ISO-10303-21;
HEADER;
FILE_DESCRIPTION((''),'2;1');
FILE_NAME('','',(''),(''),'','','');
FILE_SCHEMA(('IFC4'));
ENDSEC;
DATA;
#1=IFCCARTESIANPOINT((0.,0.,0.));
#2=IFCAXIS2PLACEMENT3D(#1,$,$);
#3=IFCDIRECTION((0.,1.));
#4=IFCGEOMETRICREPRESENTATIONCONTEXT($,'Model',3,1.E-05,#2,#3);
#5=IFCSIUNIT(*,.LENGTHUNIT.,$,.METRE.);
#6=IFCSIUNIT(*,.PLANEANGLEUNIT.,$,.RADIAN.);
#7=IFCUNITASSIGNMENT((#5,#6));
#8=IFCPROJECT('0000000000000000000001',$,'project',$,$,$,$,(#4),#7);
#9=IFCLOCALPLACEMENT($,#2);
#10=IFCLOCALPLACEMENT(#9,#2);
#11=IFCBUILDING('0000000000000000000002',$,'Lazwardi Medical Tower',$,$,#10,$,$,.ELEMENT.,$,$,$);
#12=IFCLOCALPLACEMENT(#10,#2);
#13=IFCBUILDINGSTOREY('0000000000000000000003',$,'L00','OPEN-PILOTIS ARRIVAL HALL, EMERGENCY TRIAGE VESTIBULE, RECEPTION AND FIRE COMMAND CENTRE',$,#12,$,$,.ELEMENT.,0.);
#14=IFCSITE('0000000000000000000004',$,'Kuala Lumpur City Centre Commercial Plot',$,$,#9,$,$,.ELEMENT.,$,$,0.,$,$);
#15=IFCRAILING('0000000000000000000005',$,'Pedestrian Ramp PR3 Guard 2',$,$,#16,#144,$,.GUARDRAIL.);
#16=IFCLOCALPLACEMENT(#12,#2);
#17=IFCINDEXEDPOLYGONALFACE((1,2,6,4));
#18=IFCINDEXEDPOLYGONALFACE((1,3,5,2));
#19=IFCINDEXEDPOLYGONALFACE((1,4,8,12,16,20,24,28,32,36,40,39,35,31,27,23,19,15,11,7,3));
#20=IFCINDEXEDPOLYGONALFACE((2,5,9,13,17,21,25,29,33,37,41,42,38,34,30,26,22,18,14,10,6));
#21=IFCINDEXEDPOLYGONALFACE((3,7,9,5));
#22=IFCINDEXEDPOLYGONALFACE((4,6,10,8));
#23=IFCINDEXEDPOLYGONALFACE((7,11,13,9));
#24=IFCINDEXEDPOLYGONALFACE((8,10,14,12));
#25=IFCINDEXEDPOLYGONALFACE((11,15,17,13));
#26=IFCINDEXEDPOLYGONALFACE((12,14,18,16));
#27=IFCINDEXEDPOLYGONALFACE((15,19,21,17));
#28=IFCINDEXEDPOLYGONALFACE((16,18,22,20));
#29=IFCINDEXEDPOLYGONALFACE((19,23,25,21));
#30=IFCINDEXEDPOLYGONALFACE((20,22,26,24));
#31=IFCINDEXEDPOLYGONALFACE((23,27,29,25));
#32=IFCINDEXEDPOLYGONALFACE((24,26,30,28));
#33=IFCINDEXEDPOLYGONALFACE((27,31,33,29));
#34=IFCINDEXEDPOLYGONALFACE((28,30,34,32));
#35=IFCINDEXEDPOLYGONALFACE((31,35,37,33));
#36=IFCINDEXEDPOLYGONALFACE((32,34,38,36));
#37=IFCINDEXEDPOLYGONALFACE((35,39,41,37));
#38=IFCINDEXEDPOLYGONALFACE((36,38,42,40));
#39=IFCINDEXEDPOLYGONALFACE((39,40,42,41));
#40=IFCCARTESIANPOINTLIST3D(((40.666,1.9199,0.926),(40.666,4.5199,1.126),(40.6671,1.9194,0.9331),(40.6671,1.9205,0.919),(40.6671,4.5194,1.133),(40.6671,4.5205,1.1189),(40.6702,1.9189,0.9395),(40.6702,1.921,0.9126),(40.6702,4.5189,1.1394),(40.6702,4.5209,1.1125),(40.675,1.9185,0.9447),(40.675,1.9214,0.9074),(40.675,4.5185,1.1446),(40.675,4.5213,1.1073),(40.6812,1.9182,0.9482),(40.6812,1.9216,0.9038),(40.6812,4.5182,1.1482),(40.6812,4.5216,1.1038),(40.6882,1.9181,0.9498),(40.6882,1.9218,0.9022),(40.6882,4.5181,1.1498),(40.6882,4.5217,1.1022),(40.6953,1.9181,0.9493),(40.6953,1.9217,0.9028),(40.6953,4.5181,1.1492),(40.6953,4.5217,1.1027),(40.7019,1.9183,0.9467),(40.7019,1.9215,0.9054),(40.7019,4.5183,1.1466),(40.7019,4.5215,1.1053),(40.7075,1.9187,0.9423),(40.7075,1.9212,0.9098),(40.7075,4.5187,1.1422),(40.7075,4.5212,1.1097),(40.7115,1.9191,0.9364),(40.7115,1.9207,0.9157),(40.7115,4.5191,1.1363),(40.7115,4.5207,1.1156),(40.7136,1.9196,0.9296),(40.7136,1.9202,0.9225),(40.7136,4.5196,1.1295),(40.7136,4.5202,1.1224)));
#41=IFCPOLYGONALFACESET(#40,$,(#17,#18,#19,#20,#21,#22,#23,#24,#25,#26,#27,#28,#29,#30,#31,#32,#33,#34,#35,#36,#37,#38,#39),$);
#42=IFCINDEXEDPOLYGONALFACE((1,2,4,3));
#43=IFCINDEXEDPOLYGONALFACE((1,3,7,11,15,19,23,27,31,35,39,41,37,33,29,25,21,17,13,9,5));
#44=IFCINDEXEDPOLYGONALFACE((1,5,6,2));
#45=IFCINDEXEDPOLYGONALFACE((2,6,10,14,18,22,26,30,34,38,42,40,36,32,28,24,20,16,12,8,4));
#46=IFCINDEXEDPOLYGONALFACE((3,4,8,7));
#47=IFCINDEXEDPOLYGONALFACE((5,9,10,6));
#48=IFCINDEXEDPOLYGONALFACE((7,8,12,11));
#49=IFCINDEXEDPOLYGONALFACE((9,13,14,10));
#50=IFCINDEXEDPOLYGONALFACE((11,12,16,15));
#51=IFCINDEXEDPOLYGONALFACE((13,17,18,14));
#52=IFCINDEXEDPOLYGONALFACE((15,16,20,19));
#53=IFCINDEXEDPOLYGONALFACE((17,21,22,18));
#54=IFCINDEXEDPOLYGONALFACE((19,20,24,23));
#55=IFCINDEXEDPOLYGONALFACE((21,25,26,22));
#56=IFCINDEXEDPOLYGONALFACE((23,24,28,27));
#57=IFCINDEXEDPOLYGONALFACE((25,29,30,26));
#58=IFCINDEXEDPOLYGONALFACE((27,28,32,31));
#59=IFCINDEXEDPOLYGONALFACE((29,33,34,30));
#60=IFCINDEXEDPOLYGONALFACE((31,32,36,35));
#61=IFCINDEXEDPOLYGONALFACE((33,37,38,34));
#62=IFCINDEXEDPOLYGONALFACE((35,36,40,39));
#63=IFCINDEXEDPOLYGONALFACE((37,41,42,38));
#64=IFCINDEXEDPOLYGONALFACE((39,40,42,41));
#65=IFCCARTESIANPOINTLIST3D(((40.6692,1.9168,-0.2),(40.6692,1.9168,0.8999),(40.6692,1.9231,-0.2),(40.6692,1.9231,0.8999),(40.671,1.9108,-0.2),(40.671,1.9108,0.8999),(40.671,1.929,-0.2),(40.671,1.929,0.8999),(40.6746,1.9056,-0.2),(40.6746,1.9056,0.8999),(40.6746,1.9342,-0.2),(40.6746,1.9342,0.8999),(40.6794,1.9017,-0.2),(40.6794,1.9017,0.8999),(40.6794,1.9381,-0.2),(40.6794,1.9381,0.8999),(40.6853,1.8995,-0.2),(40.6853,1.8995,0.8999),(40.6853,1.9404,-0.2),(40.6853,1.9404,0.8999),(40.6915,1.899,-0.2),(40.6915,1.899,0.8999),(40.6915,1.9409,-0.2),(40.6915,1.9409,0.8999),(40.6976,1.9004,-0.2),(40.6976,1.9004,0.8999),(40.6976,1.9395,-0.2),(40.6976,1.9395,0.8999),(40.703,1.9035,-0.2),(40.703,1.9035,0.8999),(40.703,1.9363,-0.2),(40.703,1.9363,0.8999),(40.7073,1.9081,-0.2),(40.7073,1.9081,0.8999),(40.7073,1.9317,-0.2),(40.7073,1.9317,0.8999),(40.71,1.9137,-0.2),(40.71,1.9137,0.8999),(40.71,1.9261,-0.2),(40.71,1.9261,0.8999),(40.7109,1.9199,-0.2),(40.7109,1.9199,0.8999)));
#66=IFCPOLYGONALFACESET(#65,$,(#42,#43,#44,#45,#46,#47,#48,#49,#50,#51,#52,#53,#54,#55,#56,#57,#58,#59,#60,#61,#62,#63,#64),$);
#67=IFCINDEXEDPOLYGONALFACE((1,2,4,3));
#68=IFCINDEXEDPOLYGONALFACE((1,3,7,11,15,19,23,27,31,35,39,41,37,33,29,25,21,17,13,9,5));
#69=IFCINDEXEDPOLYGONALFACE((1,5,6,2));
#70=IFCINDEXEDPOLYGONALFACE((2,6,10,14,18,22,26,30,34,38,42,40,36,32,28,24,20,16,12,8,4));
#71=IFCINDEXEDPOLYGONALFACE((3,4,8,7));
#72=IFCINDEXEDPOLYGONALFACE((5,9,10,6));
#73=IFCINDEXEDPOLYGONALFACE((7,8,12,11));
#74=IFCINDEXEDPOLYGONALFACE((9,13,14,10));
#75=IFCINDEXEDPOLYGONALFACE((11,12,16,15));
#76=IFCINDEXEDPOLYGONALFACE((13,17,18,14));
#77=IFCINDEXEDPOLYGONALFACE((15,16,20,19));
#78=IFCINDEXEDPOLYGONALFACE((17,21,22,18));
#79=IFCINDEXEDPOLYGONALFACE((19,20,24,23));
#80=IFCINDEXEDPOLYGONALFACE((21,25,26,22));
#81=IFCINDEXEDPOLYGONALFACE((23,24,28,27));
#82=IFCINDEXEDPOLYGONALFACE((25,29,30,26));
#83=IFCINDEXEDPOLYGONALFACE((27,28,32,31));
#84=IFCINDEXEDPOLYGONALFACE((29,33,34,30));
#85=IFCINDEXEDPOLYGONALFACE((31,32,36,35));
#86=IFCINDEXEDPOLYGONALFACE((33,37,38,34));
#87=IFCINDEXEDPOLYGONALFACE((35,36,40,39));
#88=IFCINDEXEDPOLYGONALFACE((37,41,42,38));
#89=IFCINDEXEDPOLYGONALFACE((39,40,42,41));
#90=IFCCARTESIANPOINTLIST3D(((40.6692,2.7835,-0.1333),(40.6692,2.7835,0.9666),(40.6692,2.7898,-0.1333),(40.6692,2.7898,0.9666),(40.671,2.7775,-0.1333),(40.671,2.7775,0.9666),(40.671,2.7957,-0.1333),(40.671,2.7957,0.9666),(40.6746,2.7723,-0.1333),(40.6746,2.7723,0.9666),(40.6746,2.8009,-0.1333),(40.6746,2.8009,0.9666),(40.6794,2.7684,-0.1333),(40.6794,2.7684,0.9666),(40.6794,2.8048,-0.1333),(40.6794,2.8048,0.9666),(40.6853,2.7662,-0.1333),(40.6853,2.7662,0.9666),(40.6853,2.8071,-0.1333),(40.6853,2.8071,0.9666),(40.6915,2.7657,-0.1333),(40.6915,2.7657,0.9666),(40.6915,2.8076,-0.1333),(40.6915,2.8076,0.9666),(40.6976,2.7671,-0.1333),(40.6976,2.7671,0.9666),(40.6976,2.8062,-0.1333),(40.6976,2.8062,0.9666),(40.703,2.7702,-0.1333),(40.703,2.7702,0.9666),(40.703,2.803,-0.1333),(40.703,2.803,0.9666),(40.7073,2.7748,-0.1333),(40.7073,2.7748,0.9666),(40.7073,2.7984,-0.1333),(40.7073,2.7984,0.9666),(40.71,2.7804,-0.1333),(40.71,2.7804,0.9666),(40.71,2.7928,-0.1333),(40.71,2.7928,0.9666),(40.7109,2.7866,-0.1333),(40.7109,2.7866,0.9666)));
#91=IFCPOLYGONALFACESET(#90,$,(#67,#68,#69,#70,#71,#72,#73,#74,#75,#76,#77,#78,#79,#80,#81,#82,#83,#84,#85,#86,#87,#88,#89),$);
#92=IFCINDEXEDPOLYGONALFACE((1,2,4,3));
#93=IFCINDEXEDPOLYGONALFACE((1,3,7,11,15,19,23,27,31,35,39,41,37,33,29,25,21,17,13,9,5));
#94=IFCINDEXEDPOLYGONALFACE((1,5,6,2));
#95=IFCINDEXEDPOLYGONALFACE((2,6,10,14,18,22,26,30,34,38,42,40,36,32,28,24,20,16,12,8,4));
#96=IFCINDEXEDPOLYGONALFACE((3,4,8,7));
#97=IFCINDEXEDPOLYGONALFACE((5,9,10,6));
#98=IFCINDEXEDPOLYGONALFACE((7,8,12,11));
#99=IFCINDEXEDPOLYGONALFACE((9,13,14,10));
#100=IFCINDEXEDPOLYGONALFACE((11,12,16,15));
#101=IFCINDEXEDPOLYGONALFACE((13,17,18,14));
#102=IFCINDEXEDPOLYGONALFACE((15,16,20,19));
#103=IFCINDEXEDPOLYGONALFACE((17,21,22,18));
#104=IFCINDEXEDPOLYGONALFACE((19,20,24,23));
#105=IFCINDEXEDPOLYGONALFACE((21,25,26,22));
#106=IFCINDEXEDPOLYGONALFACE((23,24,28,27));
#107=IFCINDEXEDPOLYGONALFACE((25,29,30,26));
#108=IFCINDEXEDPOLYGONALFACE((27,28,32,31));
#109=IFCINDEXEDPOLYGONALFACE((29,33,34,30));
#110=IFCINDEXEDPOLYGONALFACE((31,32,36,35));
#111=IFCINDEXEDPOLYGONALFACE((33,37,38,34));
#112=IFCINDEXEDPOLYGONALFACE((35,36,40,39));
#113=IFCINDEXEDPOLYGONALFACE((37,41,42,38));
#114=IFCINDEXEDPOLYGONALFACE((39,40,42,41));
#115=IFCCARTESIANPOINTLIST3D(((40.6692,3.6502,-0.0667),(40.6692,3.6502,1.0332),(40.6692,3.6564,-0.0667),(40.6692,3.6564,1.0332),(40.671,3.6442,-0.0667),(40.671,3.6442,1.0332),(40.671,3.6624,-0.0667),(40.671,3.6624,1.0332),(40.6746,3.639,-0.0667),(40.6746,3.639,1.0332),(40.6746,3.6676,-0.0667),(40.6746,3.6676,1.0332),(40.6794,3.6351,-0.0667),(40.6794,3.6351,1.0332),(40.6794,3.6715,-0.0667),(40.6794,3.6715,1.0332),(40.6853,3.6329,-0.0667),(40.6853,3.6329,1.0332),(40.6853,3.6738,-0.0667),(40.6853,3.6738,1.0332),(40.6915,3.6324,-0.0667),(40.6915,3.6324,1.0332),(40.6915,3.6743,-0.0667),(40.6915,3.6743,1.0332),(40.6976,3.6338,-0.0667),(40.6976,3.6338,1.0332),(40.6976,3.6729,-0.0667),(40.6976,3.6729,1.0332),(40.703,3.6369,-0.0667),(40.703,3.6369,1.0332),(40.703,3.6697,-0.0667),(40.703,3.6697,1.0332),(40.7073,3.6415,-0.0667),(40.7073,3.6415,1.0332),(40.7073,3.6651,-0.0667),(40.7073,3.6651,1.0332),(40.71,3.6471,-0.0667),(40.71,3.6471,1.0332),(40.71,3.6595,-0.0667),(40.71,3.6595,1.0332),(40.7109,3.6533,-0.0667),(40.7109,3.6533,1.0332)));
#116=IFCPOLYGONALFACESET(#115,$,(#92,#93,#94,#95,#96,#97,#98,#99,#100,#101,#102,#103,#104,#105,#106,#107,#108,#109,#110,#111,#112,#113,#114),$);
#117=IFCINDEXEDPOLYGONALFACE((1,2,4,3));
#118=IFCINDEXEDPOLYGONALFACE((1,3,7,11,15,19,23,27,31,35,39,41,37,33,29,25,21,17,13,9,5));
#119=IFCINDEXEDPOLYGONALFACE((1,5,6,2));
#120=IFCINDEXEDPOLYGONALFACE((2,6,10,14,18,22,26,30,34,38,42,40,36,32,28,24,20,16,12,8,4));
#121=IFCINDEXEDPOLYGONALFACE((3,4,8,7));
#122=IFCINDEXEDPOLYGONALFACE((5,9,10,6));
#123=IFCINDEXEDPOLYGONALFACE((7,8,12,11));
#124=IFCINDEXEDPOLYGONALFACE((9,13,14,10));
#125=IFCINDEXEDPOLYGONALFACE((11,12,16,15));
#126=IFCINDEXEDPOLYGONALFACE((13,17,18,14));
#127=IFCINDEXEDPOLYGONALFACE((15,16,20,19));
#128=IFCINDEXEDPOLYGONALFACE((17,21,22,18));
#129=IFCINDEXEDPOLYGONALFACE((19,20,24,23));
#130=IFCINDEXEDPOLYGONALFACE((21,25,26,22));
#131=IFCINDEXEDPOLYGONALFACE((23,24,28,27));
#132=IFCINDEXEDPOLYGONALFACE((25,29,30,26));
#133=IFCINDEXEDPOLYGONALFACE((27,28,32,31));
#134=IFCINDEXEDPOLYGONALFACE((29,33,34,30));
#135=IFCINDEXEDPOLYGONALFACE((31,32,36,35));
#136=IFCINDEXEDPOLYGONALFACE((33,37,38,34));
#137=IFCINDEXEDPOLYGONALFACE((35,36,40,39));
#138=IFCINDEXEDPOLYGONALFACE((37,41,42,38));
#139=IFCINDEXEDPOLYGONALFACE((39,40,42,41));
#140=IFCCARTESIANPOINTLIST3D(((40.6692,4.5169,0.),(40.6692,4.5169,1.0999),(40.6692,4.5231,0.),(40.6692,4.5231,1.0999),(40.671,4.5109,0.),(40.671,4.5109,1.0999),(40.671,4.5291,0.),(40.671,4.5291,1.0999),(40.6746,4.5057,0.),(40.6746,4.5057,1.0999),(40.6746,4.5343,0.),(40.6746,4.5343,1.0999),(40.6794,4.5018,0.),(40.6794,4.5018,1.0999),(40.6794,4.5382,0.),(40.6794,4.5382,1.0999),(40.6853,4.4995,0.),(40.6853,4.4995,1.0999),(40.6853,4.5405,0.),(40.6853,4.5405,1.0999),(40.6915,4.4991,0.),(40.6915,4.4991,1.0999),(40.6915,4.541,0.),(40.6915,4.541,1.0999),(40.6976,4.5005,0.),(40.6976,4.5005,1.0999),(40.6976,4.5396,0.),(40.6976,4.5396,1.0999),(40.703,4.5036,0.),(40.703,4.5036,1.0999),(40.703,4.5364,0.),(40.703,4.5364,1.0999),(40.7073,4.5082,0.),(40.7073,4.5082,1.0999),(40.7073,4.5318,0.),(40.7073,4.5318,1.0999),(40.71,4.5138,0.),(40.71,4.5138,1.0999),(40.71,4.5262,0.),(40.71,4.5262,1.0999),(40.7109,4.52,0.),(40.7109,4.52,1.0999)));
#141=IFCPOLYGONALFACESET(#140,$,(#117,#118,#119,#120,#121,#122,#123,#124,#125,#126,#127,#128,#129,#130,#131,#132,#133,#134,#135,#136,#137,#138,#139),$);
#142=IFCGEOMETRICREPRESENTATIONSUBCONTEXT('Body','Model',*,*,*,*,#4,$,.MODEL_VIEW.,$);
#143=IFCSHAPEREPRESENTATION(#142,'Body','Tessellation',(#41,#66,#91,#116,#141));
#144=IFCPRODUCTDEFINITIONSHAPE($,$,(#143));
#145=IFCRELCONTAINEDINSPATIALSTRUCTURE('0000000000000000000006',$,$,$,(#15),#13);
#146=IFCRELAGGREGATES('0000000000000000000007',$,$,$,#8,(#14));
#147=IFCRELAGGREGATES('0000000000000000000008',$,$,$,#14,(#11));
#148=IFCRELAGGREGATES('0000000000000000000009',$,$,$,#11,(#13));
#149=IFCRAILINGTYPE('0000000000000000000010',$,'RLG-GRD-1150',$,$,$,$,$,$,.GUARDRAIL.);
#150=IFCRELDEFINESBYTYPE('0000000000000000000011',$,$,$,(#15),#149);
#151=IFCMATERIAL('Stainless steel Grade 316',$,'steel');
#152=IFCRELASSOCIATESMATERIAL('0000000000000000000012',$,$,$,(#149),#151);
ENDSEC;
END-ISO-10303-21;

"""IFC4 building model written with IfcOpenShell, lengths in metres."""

from ifc_helpers import new_model, si_unit, direction, frame, origin, origin_2d, place, context, subcontext, project, spatial, circle, extrude, material, type_object, element, save


model = new_model("IFC4")

# Units and contexts
model_context = context("Model", 3, precision=1e-05, world=origin(), true_north=direction((0.0, 1.0)))
body_context = subcontext(model_context, "Body", "Model", "MODEL_VIEW")
ifc_project = project(units=[si_unit("LENGTHUNIT", "METRE"), si_unit("PLANEANGLEUNIT", "RADIAN")], contexts=[model_context])

# Site, building, storey
site_placement = place(None, origin())
site = spatial("IfcSite", under=ifc_project, at=site_placement, Name="Kuala Lumpur City Centre Commercial Plot", CompositionType="ELEMENT", RefElevation=0.0)
building_placement = place(site_placement, origin())
building = spatial("IfcBuilding", under=site, at=building_placement, Name="Lazwardi Medical Tower", CompositionType="ELEMENT")
storey_placement = place(building_placement, origin())
storey = spatial("IfcBuildingStorey", under=building, at=storey_placement, Name="L00", Description="OPEN-PILOTIS ARRIVAL HALL, EMERGENCY TRIAGE VESTIBULE, RECEPTION AND FIRE COMMAND CENTRE", CompositionType="ELEMENT", Elevation=0.0)

# Railing
ifc_material_1 = material(Name="Stainless steel Grade 316", Category="steel")
railing_type = type_object("IfcRailingType", Name="RLG-GRD-1150", PredefinedType="GUARDRAIL", material=ifc_material_1)
for number, where, name in (
    (1, (40.6899, 1.9199, -0.2), "Pedestrian Ramp PR3 Guard 2"),
):
    element("IfcRailing", number, at=place(storey_placement, frame(where)), inside=storey, type_object=railing_type, Name=name, PredefinedType="GUARDRAIL", context=body_context, shape_type="SweptSolid", body=[
        extrude(circle(Radius=0.0239, at=origin_2d()), frame((0.0, 0.0, 1.126), z_axis=(0.0, 0.997056, 0.076675), x_axis=(-1.0, 0.0, 0.0)), (0.0, 0.0, 1.0), 2.6077),
        extrude(circle(Radius=0.021, at=origin_2d()), origin(), (0.0, 0.0, 1.0), 1.0999),
        extrude(circle(Radius=0.021, at=origin_2d()), frame((0.0, 0.8667, 0.0667)), (0.0, 0.0, 1.0), 1.0999),
        extrude(circle(Radius=0.021, at=origin_2d()), frame((0.0, 1.7334, 0.1333)), (0.0, 0.0, 1.0), 1.0999),
        extrude(circle(Radius=0.021, at=origin_2d()), frame((0.0, 2.6001, 0.2)), (0.0, 0.0, 1.0), 1.0999),
    ])

save(model, "model.ifc")
